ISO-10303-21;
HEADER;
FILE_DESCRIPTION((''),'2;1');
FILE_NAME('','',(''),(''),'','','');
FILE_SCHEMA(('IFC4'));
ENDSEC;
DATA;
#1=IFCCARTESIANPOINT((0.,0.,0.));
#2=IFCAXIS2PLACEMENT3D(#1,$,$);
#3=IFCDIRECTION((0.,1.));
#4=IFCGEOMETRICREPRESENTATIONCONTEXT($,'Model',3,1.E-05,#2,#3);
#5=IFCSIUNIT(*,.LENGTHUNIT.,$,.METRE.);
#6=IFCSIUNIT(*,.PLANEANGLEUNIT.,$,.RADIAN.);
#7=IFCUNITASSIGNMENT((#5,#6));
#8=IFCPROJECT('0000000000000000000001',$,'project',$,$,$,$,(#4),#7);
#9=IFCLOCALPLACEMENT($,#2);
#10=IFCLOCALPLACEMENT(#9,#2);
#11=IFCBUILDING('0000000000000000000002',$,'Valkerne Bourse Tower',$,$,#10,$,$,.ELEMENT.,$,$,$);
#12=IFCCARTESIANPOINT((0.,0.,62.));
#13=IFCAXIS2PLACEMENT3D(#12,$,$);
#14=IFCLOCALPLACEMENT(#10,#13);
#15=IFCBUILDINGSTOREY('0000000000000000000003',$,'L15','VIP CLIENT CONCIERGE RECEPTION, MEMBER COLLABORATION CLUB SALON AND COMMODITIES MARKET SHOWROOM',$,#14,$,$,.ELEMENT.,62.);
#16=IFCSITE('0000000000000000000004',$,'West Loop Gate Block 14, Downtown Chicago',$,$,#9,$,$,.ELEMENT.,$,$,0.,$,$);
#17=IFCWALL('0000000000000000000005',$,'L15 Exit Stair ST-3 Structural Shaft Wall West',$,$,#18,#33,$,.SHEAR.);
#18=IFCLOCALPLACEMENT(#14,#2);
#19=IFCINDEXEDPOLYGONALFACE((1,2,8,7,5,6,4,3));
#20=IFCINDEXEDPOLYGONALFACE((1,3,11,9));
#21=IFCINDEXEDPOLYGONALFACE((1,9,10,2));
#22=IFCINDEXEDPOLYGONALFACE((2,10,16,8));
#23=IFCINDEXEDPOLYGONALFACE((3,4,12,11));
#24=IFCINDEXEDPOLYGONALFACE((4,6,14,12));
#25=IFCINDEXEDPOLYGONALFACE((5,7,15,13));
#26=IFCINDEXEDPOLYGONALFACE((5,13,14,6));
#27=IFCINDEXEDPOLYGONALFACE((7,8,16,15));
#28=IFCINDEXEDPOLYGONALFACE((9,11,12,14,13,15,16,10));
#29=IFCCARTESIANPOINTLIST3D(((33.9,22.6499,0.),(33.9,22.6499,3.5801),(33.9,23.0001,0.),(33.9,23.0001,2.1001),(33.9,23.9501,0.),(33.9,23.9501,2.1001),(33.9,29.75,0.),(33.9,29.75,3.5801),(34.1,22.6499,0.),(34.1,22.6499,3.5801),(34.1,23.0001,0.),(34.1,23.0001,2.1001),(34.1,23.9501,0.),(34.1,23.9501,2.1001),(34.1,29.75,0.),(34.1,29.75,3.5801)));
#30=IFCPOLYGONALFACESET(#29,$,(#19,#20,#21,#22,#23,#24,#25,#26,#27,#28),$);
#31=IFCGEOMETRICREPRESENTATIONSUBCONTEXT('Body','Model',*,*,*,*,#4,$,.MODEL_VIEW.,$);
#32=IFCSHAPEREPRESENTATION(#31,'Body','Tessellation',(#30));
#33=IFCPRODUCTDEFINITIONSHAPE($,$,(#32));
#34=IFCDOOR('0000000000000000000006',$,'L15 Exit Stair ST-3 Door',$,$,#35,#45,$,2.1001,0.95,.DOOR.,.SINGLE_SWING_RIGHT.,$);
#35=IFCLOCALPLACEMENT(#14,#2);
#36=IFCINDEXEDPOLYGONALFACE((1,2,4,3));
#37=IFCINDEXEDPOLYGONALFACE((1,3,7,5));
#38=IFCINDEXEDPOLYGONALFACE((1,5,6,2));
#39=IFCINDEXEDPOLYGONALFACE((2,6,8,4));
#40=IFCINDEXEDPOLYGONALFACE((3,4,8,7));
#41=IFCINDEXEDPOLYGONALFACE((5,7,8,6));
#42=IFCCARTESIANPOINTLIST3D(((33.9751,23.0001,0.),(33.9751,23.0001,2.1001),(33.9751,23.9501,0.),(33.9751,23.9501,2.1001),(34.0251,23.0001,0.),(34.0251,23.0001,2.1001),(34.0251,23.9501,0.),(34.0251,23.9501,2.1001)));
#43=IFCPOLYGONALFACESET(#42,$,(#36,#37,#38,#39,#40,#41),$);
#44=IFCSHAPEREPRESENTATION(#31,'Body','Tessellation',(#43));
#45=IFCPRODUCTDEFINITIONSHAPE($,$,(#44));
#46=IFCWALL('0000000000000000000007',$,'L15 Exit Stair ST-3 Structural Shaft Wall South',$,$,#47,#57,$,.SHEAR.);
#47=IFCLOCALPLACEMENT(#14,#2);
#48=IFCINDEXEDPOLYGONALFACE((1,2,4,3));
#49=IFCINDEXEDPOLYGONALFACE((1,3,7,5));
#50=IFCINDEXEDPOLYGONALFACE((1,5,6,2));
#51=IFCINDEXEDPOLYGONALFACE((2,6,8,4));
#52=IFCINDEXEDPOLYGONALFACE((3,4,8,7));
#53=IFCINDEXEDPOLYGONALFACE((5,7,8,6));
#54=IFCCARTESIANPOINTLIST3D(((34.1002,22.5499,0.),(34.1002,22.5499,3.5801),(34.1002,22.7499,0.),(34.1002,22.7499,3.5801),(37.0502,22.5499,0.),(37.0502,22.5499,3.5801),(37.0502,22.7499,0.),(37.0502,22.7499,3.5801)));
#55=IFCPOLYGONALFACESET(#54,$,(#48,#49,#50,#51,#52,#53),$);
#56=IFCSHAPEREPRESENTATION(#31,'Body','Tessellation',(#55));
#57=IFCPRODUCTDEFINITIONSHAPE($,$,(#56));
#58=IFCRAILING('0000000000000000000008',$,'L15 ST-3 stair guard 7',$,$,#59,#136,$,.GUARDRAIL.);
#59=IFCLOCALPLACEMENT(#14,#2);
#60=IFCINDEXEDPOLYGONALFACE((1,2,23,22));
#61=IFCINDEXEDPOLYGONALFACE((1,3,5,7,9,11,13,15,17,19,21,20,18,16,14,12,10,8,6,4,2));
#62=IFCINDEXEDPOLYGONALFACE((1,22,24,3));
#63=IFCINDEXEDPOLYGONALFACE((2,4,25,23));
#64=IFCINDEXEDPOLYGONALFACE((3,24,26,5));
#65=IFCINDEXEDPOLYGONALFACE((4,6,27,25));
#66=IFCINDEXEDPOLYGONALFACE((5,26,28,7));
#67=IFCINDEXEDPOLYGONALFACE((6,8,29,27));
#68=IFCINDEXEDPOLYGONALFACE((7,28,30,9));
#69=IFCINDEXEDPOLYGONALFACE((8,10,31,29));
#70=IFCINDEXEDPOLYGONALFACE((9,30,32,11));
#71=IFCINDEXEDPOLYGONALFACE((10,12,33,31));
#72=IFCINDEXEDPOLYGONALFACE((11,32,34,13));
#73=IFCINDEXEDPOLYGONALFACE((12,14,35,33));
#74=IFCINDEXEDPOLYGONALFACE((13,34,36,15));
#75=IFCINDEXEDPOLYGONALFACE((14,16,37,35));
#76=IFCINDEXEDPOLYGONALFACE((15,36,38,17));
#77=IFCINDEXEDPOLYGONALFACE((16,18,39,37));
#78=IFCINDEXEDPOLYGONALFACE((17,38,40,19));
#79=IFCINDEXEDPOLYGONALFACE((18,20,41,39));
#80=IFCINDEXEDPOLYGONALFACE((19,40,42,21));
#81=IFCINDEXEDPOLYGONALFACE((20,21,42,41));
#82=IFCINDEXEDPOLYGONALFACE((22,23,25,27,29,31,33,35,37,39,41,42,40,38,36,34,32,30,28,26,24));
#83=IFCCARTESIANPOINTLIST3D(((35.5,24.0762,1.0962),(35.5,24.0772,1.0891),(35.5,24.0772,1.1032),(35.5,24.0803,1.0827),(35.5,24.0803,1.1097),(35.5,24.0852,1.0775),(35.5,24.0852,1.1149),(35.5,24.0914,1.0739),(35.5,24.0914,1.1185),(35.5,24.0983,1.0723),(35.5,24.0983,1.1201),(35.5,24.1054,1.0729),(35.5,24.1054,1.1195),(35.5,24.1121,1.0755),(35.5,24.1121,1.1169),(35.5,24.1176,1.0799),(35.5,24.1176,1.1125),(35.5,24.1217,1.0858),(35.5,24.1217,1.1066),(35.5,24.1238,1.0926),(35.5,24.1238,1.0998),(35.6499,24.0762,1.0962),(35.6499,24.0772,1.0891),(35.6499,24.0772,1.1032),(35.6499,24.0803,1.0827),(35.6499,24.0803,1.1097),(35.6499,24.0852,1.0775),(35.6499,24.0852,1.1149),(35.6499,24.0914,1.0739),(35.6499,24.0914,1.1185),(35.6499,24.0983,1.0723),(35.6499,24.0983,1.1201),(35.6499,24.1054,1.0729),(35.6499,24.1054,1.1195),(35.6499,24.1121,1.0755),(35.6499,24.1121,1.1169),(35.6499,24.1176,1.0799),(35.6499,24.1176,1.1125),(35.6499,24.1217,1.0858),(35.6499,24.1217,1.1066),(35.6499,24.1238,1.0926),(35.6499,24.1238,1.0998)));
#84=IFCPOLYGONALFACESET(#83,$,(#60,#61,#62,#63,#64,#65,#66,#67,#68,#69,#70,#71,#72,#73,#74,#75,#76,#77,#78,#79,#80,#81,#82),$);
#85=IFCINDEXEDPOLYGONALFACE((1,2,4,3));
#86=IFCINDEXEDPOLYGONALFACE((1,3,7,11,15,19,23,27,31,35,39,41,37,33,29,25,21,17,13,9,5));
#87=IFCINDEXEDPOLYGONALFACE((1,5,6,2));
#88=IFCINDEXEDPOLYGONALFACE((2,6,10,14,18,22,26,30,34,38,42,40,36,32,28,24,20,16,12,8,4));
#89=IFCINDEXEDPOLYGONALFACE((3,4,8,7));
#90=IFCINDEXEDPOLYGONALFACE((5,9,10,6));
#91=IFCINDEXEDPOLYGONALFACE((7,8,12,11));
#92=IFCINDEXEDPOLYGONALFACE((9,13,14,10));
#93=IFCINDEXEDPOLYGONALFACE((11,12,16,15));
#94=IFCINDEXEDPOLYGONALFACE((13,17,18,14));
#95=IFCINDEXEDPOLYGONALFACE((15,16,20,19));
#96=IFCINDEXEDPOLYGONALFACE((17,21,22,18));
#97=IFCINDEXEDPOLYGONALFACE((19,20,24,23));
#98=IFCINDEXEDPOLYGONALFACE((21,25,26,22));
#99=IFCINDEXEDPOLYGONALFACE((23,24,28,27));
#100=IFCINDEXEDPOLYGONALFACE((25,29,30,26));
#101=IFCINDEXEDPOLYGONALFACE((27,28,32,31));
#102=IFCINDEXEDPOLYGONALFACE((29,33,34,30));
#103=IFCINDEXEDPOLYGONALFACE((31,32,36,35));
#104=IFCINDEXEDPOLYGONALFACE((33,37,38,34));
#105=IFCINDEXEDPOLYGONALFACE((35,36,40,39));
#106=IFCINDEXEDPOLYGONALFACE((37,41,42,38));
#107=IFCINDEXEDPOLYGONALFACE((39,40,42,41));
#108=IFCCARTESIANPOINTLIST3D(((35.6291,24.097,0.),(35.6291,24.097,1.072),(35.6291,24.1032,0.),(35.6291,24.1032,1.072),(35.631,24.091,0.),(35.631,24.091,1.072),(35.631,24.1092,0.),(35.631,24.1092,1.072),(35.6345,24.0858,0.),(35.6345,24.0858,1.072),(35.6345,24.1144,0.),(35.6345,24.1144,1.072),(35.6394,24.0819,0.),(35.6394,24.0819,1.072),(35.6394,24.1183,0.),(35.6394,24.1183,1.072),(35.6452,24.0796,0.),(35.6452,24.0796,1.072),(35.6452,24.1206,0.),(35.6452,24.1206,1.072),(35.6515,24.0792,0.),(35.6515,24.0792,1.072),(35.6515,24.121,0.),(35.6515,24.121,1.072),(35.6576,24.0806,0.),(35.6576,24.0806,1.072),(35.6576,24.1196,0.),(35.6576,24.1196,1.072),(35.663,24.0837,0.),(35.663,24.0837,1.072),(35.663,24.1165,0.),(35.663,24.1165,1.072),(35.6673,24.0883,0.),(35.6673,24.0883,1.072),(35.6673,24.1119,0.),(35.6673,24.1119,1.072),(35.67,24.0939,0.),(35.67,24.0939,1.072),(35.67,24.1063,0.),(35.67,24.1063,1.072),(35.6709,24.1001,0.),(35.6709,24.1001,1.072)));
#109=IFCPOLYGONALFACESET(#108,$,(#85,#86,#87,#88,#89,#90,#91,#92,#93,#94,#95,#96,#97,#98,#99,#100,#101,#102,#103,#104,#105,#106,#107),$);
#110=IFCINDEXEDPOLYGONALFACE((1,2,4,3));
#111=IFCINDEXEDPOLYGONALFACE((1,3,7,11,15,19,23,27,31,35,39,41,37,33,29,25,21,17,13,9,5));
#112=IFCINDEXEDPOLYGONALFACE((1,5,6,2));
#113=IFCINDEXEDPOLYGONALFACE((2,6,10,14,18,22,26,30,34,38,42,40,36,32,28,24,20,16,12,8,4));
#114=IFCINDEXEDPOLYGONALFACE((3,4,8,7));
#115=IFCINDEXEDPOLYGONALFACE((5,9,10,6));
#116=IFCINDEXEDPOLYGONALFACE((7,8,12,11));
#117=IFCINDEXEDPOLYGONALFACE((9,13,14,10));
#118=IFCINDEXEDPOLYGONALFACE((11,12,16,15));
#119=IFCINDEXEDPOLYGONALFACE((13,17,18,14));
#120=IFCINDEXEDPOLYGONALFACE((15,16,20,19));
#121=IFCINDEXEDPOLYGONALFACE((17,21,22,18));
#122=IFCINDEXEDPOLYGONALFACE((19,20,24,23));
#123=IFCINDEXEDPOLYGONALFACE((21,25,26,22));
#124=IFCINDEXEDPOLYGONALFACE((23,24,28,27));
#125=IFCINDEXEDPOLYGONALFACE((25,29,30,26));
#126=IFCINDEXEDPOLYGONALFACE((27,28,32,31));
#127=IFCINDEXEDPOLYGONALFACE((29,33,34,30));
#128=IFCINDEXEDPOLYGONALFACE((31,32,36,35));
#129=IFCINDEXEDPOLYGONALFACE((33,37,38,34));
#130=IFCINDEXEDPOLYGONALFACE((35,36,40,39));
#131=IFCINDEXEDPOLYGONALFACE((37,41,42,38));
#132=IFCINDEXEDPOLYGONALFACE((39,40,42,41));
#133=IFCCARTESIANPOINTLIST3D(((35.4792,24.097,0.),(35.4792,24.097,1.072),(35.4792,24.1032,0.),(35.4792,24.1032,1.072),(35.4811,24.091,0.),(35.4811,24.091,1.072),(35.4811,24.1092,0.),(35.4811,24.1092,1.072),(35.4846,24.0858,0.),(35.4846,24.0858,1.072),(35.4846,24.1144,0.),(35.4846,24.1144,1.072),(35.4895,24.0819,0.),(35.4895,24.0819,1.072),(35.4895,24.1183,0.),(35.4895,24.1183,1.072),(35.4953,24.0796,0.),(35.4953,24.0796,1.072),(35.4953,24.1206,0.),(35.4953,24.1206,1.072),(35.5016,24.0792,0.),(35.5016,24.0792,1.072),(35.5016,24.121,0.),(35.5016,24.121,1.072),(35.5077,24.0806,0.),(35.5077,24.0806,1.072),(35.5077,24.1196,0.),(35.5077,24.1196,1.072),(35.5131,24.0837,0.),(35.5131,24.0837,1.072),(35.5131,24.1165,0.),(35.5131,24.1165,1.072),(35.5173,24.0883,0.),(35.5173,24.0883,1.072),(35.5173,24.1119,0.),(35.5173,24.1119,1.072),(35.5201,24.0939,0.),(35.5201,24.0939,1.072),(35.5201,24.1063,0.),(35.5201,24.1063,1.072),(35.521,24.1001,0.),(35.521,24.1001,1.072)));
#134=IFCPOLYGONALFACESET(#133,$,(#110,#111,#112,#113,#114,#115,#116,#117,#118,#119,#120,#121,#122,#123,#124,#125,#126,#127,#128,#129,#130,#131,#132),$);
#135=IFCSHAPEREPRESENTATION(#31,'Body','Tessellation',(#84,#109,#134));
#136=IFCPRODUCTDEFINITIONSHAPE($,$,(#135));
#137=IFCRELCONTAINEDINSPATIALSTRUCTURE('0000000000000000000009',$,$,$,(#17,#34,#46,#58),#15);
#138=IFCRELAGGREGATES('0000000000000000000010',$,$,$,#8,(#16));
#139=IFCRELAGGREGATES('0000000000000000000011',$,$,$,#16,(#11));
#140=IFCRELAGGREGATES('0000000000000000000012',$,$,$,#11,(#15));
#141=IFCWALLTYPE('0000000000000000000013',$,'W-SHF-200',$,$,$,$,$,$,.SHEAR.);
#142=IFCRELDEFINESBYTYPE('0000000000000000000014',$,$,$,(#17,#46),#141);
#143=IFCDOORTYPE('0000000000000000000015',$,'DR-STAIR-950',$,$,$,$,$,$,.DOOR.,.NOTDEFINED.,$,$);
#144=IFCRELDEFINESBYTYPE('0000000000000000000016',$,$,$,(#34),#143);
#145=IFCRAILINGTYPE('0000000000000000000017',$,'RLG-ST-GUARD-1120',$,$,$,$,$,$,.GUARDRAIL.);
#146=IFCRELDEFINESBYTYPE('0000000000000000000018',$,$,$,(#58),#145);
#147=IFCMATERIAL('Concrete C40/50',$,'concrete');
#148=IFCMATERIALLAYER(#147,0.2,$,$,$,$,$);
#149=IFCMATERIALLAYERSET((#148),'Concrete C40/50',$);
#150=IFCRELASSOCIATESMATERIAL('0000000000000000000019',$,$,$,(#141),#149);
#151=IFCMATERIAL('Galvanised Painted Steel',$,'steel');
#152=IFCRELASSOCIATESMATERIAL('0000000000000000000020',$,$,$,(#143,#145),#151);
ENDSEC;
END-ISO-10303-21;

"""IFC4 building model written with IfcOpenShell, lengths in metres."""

from ifc_helpers import new_model, si_unit, direction, frame, frame_2d, origin, origin_2d, place, context, subcontext, project, spatial, rectangle, circle, extrude, material, layer, layer_set, type_object, element, fill, save


model = new_model("IFC4")

# Units and contexts
model_context = context("Model", 3, precision=1e-05, world=origin(), true_north=direction((0.0, 1.0)))
body_context = subcontext(model_context, "Body", "Model", "MODEL_VIEW")
ifc_project = project(units=[si_unit("LENGTHUNIT", "METRE"), si_unit("PLANEANGLEUNIT", "RADIAN")], contexts=[model_context])

# Site, building, storey
site_placement = place(None, origin())
site = spatial("IfcSite", under=ifc_project, at=site_placement, Name="West Loop Gate Block 14, Downtown Chicago", CompositionType="ELEMENT", RefElevation=0.0)
building_placement = place(site_placement, origin())
building = spatial("IfcBuilding", under=site, at=building_placement, Name="Valkerne Bourse Tower", CompositionType="ELEMENT")
storey_placement = place(building_placement, frame((0.0, 0.0, 62.0)))
storey = spatial("IfcBuildingStorey", under=building, at=storey_placement, Name="L15", Description="VIP CLIENT CONCIERGE RECEPTION, MEMBER COLLABORATION CLUB SALON AND COMMODITIES MARKET SHOWROOM", CompositionType="ELEMENT", Elevation=62.0)

# Wall, opening, door
ifc_material_1 = material(Name="Concrete C40/50", Category="concrete")
ifc_layer_1 = layer(ifc_material_1, 0.2)
ifc_layer_set_1 = layer_set([ifc_layer_1], Name="Concrete C40/50")
wall_type_1 = type_object("IfcWallType", Name="W-SHF-200", PredefinedType="SHEAR", material=ifc_layer_set_1)
wall_1_placement = place(storey_placement, frame((34.0, 22.6499, 0.0), z_axis=(0.0, 0.0, 1.0), x_axis=(0.0, 1.0, 0.0)))
wall_1 = element("IfcWall", 1, at=wall_1_placement, inside=storey, type_object=wall_type_1, Name="L15 Exit Stair ST-3 Structural Shaft Wall West", PredefinedType="SHEAR", context=body_context, shape_type="SweptSolid", body=[
    extrude(rectangle(XDim=7.1001, YDim=0.2, at=frame_2d((3.55, 0.0))), origin(), (0.0, 0.0, 1.0), 3.5801),
])
opening_placement = place(wall_1_placement, frame((0.3501, 0.0, 0.0)))
opening = element("IfcOpeningElement", 2, at=opening_placement, cuts=wall_1, PredefinedType="OPENING", context=body_context, shape_type="SweptSolid", body=[
    extrude(rectangle(XDim=0.95, YDim=2.1001, at=frame_2d((0.4751, 1.05))), frame((0.0, 0.1099, 0.0), z_axis=(0.0, -1.0, 0.0), x_axis=(1.0, 0.0, 0.0)), (0.0, 0.0, 1.0), 0.22),
])
ifc_material_2 = material(Name="Galvanised Painted Steel", Category="steel")
door_type = type_object("IfcDoorType", Name="DR-STAIR-950", OperationType="NOTDEFINED", PredefinedType="DOOR", material=ifc_material_2)
door_placement = place(opening_placement, origin())
door = element("IfcDoor", 3, at=door_placement, inside=storey, type_object=door_type, Name="L15 Exit Stair ST-3 Door", OperationType="SINGLE_SWING_RIGHT", OverallHeight=2.1001, OverallWidth=0.95, PredefinedType="DOOR", context=body_context, shape_type="SweptSolid", body=[
    extrude(rectangle(XDim=0.95, YDim=2.1001, at=frame_2d((0.4751, 1.05))), frame((0.0, 0.0249, 0.0), z_axis=(0.0, -1.0, 0.0), x_axis=(1.0, 0.0, 0.0)), (0.0, 0.0, 1.0), 0.05),
])
fill(opening, door)

# Wall
wall_2_placement = place(storey_placement, frame((34.1001, 22.6499, 0.0), z_axis=(0.0, 0.0, 1.0), x_axis=(1.0, 0.0, 0.0)))
element("IfcWall", 4, at=wall_2_placement, inside=storey, type_object=wall_type_1, Name="L15 Exit Stair ST-3 Structural Shaft Wall South", PredefinedType="SHEAR", context=body_context, shape_type="SweptSolid", body=[
    extrude(rectangle(XDim=2.95, YDim=0.2, at=frame_2d((1.4751, 0.0))), origin(), (0.0, 0.0, 1.0), 3.5801),
])

# Railing
railing_type = type_object("IfcRailingType", Name="RLG-ST-GUARD-1120", PredefinedType="GUARDRAIL", material=ifc_material_2)
railing_1_placement = place(storey_placement, frame((35.6499, 24.1001, 0.0)))
element("IfcRailing", 5, at=railing_1_placement, inside=storey, type_object=railing_type, Name="L15 ST-3 stair guard 7", PredefinedType="GUARDRAIL", context=body_context, shape_type="SweptSolid", body=[
    extrude(circle(Radius=0.0239, at=origin_2d()), frame((0.0, 0.0, 1.0962), z_axis=(-1.0, 0.0, 0.0), x_axis=(0.0, -1.0, 0.0)), (0.0, 0.0, 1.0), 0.1499),
    extrude(circle(Radius=0.021, at=origin_2d()), origin(), (0.0, 0.0, 1.0), 1.072),
    extrude(circle(Radius=0.021, at=origin_2d()), frame((-0.1499, 0.0, 0.0)), (0.0, 0.0, 1.0), 1.072),
])

save(model, "model.ifc")
